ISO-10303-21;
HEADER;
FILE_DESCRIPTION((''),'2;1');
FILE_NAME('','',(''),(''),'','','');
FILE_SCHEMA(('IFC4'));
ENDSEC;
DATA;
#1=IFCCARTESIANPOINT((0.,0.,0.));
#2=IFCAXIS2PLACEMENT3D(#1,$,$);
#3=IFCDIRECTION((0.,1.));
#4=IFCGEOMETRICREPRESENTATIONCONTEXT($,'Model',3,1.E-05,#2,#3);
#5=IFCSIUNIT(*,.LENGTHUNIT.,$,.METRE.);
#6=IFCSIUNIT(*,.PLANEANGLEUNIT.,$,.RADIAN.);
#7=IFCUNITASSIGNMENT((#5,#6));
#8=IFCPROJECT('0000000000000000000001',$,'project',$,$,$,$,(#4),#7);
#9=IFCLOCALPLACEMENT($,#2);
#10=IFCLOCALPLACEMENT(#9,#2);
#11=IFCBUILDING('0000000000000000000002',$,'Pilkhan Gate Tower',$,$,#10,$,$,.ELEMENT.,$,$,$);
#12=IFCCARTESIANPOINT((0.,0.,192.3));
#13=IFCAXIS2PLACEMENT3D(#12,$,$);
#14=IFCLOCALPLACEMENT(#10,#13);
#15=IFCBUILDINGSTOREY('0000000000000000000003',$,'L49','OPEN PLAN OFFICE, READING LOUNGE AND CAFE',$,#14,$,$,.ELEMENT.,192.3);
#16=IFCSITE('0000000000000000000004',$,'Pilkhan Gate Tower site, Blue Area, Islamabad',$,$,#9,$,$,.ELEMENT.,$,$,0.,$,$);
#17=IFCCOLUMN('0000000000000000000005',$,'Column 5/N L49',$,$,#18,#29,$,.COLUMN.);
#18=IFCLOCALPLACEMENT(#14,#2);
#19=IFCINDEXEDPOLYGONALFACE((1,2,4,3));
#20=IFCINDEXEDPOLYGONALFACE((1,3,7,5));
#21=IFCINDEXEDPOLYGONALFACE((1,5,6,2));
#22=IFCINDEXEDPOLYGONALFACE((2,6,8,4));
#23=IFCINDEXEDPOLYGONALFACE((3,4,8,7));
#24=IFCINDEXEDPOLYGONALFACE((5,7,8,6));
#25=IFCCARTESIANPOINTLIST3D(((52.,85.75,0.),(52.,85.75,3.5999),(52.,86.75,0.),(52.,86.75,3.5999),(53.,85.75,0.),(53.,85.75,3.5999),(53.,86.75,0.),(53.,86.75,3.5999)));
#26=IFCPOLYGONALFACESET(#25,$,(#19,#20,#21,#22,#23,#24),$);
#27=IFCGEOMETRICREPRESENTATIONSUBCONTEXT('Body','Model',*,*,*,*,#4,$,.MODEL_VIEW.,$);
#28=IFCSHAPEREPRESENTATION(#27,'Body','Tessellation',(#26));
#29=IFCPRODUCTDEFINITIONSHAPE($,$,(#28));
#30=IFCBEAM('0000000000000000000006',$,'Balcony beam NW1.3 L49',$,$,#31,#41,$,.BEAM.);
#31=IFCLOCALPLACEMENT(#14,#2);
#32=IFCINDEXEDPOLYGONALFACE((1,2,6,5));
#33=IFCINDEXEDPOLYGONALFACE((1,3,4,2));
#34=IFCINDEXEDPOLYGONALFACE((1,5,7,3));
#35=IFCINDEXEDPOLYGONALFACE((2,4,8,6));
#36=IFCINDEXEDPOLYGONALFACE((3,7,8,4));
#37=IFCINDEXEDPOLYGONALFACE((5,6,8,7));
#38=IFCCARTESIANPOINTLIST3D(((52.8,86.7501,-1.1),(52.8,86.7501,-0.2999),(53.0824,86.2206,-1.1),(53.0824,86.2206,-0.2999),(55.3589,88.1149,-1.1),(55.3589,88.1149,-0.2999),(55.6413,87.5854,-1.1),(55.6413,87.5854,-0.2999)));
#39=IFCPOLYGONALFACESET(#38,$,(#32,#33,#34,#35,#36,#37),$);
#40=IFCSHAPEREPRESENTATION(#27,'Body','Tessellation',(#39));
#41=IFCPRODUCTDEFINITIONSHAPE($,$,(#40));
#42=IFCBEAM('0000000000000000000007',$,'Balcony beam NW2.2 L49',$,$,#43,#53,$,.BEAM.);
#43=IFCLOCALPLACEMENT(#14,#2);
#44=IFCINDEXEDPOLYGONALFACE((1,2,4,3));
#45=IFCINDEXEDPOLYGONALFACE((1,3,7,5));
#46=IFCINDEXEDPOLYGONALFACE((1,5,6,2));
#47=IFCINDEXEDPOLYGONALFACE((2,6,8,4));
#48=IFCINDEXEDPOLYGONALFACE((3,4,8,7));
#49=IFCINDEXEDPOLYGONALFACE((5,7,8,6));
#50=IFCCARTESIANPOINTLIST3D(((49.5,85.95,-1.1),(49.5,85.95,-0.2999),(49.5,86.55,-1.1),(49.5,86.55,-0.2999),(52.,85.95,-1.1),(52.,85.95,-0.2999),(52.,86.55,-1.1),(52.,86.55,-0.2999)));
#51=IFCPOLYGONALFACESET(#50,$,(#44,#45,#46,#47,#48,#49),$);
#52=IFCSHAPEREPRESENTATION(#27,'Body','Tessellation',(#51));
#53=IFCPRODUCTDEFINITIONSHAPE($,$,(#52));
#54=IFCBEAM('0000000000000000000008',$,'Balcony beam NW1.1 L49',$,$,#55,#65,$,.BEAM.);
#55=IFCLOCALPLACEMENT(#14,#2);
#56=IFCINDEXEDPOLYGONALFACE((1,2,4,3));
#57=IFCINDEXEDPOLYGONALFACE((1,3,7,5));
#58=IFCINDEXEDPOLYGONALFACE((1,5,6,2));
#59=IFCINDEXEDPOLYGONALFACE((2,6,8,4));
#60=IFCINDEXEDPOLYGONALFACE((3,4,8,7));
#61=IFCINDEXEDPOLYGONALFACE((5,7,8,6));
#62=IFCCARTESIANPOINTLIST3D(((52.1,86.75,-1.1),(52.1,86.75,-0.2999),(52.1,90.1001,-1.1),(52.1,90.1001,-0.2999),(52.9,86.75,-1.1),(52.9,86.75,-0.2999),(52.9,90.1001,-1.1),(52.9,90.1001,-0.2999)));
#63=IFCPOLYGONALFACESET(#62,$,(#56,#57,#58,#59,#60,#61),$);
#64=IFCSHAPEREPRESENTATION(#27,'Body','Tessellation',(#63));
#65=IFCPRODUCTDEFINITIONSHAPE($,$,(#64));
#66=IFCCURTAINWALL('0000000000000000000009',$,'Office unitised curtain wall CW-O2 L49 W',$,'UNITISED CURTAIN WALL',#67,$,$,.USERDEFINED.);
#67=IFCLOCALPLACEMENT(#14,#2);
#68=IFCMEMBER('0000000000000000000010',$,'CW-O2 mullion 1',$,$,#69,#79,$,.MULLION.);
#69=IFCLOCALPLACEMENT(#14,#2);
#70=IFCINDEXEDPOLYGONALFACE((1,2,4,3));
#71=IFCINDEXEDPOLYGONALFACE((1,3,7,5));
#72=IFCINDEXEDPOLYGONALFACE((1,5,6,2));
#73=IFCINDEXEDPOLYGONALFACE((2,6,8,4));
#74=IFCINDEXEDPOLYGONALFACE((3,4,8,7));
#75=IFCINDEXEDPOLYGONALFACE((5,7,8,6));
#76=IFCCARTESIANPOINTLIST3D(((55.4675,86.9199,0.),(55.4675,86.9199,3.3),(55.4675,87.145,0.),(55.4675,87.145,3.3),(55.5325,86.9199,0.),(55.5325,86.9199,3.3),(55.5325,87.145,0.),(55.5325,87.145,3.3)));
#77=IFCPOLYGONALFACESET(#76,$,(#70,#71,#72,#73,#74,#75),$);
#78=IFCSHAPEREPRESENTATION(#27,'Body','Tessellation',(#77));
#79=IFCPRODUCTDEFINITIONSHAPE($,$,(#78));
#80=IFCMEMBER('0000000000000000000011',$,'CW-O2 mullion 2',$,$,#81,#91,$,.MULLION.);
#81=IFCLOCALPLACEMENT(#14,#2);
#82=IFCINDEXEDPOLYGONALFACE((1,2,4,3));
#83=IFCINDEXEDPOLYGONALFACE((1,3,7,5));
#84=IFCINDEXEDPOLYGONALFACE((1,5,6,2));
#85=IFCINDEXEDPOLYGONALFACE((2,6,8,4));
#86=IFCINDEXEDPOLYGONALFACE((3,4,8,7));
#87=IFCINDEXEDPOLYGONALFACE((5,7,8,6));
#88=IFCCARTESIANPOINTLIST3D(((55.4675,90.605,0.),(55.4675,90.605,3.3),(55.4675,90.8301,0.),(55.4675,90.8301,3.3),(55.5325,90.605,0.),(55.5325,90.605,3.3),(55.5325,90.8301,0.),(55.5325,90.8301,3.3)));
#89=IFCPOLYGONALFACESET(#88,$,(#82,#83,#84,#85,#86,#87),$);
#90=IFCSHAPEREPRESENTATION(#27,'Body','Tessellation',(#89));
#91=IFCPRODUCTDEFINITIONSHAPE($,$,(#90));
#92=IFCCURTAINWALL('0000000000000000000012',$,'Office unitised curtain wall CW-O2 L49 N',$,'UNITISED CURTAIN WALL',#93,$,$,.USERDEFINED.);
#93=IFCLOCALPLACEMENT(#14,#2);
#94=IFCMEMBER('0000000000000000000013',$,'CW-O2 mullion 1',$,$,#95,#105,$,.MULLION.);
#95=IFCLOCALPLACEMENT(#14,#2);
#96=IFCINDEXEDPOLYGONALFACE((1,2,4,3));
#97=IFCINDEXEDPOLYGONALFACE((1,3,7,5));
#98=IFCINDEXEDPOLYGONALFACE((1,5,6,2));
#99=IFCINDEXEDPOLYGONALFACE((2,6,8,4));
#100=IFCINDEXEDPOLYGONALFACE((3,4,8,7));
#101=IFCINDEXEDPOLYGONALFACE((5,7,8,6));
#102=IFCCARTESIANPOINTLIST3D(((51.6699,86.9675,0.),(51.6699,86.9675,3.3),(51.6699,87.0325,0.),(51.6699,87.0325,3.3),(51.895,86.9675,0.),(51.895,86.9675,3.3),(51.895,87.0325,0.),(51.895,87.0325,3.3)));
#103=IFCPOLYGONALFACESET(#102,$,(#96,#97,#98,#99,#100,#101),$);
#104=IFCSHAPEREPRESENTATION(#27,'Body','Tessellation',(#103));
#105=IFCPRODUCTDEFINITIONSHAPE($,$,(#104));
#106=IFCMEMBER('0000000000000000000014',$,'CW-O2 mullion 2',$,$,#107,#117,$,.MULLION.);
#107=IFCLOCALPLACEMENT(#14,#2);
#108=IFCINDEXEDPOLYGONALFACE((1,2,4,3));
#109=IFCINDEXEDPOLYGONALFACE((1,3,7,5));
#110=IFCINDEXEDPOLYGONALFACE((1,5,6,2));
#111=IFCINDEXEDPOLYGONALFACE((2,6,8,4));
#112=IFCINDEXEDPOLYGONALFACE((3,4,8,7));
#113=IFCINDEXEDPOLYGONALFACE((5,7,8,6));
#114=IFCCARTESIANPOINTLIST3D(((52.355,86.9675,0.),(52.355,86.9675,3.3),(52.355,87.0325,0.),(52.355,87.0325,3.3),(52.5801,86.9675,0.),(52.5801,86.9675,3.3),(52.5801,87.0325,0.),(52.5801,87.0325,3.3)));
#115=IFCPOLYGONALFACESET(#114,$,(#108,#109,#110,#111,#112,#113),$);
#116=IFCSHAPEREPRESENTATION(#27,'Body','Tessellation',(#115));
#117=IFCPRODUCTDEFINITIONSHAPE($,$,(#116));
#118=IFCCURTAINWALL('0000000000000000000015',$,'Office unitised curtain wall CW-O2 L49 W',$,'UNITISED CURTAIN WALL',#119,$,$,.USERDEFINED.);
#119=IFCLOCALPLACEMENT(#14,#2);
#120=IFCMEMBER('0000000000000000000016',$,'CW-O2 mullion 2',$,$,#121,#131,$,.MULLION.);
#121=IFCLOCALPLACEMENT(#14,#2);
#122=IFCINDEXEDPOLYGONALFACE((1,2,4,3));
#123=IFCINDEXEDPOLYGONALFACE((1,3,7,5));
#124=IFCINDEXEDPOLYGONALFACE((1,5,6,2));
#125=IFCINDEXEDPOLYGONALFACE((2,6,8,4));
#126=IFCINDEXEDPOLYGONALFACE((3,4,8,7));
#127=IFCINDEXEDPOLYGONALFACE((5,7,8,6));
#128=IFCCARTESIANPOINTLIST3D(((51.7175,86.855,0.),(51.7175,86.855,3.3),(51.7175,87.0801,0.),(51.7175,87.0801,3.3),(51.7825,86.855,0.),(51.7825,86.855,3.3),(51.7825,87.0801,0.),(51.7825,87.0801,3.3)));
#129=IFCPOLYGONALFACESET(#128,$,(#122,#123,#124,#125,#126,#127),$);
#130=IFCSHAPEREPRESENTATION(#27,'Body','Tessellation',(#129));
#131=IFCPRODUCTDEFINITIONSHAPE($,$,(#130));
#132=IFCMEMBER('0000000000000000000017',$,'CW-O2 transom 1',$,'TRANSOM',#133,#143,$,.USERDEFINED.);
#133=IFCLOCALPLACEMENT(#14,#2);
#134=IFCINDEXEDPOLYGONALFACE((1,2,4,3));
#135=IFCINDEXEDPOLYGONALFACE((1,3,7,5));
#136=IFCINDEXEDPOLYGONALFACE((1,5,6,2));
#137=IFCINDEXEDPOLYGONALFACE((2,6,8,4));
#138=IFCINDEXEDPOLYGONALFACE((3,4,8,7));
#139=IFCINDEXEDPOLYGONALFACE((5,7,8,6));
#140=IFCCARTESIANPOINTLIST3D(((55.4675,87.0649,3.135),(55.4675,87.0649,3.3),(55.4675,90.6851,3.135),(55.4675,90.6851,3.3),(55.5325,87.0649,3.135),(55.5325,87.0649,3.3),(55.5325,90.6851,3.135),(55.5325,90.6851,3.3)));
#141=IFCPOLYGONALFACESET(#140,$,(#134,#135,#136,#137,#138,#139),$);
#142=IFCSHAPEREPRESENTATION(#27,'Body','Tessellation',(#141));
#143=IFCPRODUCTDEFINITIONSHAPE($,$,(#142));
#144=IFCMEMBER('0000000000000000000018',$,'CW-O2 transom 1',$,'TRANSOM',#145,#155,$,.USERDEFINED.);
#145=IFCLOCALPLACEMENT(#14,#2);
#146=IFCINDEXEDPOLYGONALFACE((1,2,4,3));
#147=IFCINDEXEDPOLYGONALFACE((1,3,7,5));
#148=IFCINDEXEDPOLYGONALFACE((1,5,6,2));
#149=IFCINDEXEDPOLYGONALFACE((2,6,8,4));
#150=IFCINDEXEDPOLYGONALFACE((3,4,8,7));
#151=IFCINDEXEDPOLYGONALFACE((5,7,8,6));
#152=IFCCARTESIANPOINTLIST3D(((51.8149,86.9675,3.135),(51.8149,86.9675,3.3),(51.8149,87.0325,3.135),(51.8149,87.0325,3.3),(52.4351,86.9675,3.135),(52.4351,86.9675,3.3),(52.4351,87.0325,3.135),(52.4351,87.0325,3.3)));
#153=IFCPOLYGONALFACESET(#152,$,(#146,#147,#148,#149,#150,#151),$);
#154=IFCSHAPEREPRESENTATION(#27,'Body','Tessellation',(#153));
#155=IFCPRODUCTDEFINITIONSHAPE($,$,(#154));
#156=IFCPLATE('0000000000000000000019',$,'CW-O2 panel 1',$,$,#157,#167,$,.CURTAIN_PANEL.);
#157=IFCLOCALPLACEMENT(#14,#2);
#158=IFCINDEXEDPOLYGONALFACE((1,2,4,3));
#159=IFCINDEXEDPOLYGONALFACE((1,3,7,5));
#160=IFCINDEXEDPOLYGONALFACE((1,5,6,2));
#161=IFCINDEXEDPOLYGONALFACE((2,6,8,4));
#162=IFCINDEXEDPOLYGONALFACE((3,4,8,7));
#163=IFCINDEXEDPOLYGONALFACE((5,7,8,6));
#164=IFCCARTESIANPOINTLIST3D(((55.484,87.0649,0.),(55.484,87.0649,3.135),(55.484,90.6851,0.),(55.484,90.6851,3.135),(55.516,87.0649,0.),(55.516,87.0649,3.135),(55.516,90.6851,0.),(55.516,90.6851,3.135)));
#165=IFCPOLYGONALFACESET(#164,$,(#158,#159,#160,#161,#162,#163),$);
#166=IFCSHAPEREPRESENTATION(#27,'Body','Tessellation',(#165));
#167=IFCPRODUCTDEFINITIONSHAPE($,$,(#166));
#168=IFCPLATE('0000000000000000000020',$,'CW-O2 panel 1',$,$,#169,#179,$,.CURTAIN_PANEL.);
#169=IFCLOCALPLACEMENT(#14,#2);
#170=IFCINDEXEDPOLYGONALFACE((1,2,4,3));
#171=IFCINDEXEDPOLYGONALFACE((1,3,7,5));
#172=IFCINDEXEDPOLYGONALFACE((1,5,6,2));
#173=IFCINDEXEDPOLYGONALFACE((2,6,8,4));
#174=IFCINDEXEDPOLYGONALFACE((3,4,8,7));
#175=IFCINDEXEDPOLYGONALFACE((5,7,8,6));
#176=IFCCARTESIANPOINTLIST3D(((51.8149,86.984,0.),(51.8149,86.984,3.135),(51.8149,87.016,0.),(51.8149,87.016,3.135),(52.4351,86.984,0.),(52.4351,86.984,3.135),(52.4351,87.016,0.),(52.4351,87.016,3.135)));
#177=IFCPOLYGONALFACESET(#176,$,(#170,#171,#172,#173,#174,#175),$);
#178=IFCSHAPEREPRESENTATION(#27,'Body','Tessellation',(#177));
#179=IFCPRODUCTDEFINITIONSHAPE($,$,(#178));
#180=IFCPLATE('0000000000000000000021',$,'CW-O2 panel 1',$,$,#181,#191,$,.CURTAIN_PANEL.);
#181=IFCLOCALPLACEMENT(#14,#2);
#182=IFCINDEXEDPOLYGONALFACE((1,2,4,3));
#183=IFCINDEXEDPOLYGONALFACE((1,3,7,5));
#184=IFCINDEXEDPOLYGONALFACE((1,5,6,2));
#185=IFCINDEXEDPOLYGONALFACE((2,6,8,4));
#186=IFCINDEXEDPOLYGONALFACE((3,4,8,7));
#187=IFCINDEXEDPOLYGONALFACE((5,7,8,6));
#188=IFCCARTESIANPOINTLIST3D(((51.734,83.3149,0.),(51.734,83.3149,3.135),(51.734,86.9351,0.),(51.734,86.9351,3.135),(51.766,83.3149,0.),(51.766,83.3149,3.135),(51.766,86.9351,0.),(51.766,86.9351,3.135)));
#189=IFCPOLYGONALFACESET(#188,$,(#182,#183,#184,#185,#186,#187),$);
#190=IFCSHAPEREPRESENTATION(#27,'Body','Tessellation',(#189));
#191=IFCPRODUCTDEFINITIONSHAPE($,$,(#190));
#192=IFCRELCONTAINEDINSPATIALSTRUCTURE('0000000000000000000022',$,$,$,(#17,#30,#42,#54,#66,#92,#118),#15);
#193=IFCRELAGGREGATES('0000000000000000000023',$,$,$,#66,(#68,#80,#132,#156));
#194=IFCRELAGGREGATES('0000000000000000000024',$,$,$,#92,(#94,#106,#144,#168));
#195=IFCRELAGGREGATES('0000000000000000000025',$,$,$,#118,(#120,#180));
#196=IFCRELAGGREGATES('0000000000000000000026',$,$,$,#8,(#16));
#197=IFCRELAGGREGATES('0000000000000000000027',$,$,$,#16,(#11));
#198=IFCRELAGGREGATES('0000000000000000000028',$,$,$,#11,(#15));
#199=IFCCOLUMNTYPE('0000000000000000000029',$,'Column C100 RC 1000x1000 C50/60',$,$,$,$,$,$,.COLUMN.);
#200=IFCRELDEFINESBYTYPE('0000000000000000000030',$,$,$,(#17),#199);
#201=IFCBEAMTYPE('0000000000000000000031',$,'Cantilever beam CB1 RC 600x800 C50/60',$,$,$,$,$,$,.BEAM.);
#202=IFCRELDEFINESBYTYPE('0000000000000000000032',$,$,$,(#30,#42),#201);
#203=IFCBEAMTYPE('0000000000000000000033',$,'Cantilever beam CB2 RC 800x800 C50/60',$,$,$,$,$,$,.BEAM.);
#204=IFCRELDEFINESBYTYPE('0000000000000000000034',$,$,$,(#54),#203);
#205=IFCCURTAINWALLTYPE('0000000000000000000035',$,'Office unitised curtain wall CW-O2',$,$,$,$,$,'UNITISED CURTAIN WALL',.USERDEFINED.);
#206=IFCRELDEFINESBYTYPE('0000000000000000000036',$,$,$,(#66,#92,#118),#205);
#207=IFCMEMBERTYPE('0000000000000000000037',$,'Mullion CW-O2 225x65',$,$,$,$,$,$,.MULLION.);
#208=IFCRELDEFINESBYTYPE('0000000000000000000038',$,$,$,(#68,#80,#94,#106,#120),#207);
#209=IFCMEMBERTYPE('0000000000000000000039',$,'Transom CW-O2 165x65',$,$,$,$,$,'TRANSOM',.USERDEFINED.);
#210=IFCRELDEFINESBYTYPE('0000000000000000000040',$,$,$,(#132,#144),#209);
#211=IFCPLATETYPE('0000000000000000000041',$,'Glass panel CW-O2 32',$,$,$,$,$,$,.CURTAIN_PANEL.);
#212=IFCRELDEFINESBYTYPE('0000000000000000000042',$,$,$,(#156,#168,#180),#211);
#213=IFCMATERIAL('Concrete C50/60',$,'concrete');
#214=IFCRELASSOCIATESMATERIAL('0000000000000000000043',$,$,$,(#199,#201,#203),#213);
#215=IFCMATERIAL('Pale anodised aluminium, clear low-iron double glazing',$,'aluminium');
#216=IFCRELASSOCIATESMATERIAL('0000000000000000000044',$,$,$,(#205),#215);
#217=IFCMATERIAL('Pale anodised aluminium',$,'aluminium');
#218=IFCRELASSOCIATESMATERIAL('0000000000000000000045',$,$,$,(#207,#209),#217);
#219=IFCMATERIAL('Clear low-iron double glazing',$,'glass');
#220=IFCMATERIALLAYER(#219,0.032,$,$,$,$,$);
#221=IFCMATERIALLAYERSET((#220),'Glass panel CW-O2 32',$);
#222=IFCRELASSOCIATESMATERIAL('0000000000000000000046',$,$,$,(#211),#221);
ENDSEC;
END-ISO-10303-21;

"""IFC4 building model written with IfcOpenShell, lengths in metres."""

from ifc_helpers import new_model, si_unit, direction, frame, origin, origin_2d, place, context, subcontext, project, spatial, rectangle, extrude, material, layer, layer_set, material_profile, profile_set, type_object, element, aggregate, save


model = new_model("IFC4")

# Units and contexts
model_context = context("Model", 3, precision=1e-05, world=origin(), true_north=direction((0.0, 1.0)))
body_context = subcontext(model_context, "Body", "Model", "MODEL_VIEW")
ifc_project = project(units=[si_unit("LENGTHUNIT", "METRE"), si_unit("PLANEANGLEUNIT", "RADIAN")], contexts=[model_context])

# Site, building, storey
site_placement = place(None, origin())
site = spatial("IfcSite", under=ifc_project, at=site_placement, Name="Pilkhan Gate Tower site, Blue Area, Islamabad", CompositionType="ELEMENT", RefElevation=0.0)
building_placement = place(site_placement, origin())
building = spatial("IfcBuilding", under=site, at=building_placement, Name="Pilkhan Gate Tower", CompositionType="ELEMENT")
storey_placement = place(building_placement, frame((0.0, 0.0, 192.3)))
storey = spatial("IfcBuildingStorey", under=building, at=storey_placement, Name="L49", Description="OPEN PLAN OFFICE, READING LOUNGE AND CAFE", CompositionType="ELEMENT", Elevation=192.3)

# Column
ifc_material_1 = material(Name="Concrete C50/60", Category="concrete")
ifc_material_profile_1 = material_profile(ifc_material_1, rectangle(XDim=1.0, YDim=1.0, at=origin_2d()), Name="RC 1000x1000")
ifc_profile_set_1 = profile_set([ifc_material_profile_1], Name="Concrete C50/60")
column_type = type_object("IfcColumnType", Name="Column C100 RC 1000x1000 C50/60", PredefinedType="COLUMN", material=ifc_profile_set_1)
column_placement = place(storey_placement, frame((52.5, 86.25, 0.0), z_axis=(0.0, 0.0, 1.0), x_axis=(1.0, 0.0, 0.0)))
element("IfcColumn", 1, at=column_placement, inside=storey, type_object=column_type, Name="Column 5/N L49", PredefinedType="COLUMN", context=body_context, shape_type="SweptSolid", body=[
    extrude(rectangle(XDim=1.0, YDim=1.0, at=origin_2d()), origin(), (0.0, 0.0, 1.0), 3.5999),
])

# Beams
ifc_material_profile_2 = material_profile(ifc_material_1, rectangle(XDim=0.6001, YDim=0.8, at=origin_2d()), Name="RC 600x800")
ifc_profile_set_2 = profile_set([ifc_material_profile_2], Name="Concrete C50/60")
beam_type_1 = type_object("IfcBeamType", Name="Cantilever beam CB1 RC 600x800 C50/60", PredefinedType="BEAM", material=ifc_profile_set_2)
beam_1_placement = place(storey_placement, frame((52.9412, 86.4854, -0.7), z_axis=(0.882348, 0.470597, 0.0), x_axis=(-0.470597, 0.882348, 0.0)))
element("IfcBeam", 2, at=beam_1_placement, inside=storey, type_object=beam_type_1, Name="Balcony beam NW1.3 L49", PredefinedType="BEAM", context=body_context, shape_type="SweptSolid", body=[
    extrude(rectangle(XDim=0.6001, YDim=0.8, at=origin_2d()), origin(), (0.0, 0.0, 1.0), 2.9001),
])
beam_2_placement = place(storey_placement, frame((52.0, 86.25, -0.7), z_axis=(-1.0, 0.0, 0.0), x_axis=(0.0, -1.0, 0.0)))
element("IfcBeam", 3, at=beam_2_placement, inside=storey, type_object=beam_type_1, Name="Balcony beam NW2.2 L49", PredefinedType="BEAM", context=body_context, shape_type="SweptSolid", body=[
    extrude(rectangle(XDim=0.6001, YDim=0.8, at=origin_2d()), origin(), (0.0, 0.0, 1.0), 2.5),
])
ifc_material_profile_3 = material_profile(ifc_material_1, rectangle(XDim=0.8, YDim=0.8, at=origin_2d()), Name="RC 800x800")
ifc_profile_set_3 = profile_set([ifc_material_profile_3], Name="Concrete C50/60")
beam_type_2 = type_object("IfcBeamType", Name="Cantilever beam CB2 RC 800x800 C50/60", PredefinedType="BEAM", material=ifc_profile_set_3)
beam_3_placement = place(storey_placement, frame((52.5, 86.75, -0.7), z_axis=(0.0, 1.0, 0.0), x_axis=(-1.0, 0.0, 0.0)))
element("IfcBeam", 4, at=beam_3_placement, inside=storey, type_object=beam_type_2, Name="Balcony beam NW1.1 L49", PredefinedType="BEAM", context=body_context, shape_type="SweptSolid", body=[
    extrude(rectangle(XDim=0.8, YDim=0.8, at=origin_2d()), origin(), (0.0, 0.0, 1.0), 3.3501),
])

# Curtain walls, members
ifc_material_2 = material(Name="Pale anodised aluminium, clear low-iron double glazing", Category="aluminium")
curtain_wall_type = type_object("IfcCurtainWallType", Name="Office unitised curtain wall CW-O2", ElementType="UNITISED CURTAIN WALL", PredefinedType="USERDEFINED", material=ifc_material_2)
curtain_wall_1_placement = place(storey_placement, origin())
curtain_wall_1 = element("IfcCurtainWall", 5, at=curtain_wall_1_placement, inside=storey, type_object=curtain_wall_type, Name="Office unitised curtain wall CW-O2 L49 W", ObjectType="UNITISED CURTAIN WALL", PredefinedType="USERDEFINED")
ifc_material_3 = material(Name="Pale anodised aluminium", Category="aluminium")
ifc_material_profile_4 = material_profile(ifc_material_3, rectangle(XDim=0.0649, YDim=0.2251, at=origin_2d()), Name="Mullion 225x65")
ifc_profile_set_4 = profile_set([ifc_material_profile_4], Name="Pale anodised aluminium")
member_type_1 = type_object("IfcMemberType", Name="Mullion CW-O2 225x65", PredefinedType="MULLION", material=ifc_profile_set_4)
member_1_placement = place(storey_placement, frame((55.5, 87.0325, 0.0), z_axis=(0.0, 0.0, 1.0), x_axis=(-1.0, 0.0, 0.0)))
member_1 = element("IfcMember", 6, at=member_1_placement, type_object=member_type_1, Name="CW-O2 mullion 1", PredefinedType="MULLION", context=body_context, shape_type="SweptSolid", body=[
    extrude(rectangle(XDim=0.0649, YDim=0.2251, at=origin_2d()), origin(), (0.0, 0.0, 1.0), 3.3),
])
member_2_placement = place(storey_placement, frame((55.5, 90.7175, 0.0), z_axis=(0.0, 0.0, 1.0), x_axis=(-1.0, 0.0, 0.0)))
member_2 = element("IfcMember", 7, at=member_2_placement, type_object=member_type_1, Name="CW-O2 mullion 2", PredefinedType="MULLION", context=body_context, shape_type="SweptSolid", body=[
    extrude(rectangle(XDim=0.0649, YDim=0.2251, at=origin_2d()), origin(), (0.0, 0.0, 1.0), 3.3),
])
curtain_wall_2_placement = place(storey_placement, origin())
curtain_wall_2 = element("IfcCurtainWall", 8, at=curtain_wall_2_placement, inside=storey, type_object=curtain_wall_type, Name="Office unitised curtain wall CW-O2 L49 N", ObjectType="UNITISED CURTAIN WALL", PredefinedType="USERDEFINED")
member_3_placement = place(storey_placement, frame((51.7825, 87.0, 0.0), z_axis=(0.0, 0.0, 1.0), x_axis=(0.0, 1.0, 0.0)))
member_3 = element("IfcMember", 9, at=member_3_placement, type_object=member_type_1, Name="CW-O2 mullion 1", PredefinedType="MULLION", context=body_context, shape_type="SweptSolid", body=[
    extrude(rectangle(XDim=0.0649, YDim=0.2251, at=origin_2d()), origin(), (0.0, 0.0, 1.0), 3.3),
])
member_4_placement = place(storey_placement, frame((52.4675, 87.0, 0.0), z_axis=(0.0, 0.0, 1.0), x_axis=(0.0, 1.0, 0.0)))
member_4 = element("IfcMember", 10, at=member_4_placement, type_object=member_type_1, Name="CW-O2 mullion 2", PredefinedType="MULLION", context=body_context, shape_type="SweptSolid", body=[
    extrude(rectangle(XDim=0.0649, YDim=0.2251, at=origin_2d()), origin(), (0.0, 0.0, 1.0), 3.3),
])

# Curtain wall, member
curtain_wall_3_placement = place(storey_placement, origin())
curtain_wall_3 = element("IfcCurtainWall", 11, at=curtain_wall_3_placement, inside=storey, type_object=curtain_wall_type, Name="Office unitised curtain wall CW-O2 L49 W", ObjectType="UNITISED CURTAIN WALL", PredefinedType="USERDEFINED")
member_5_placement = place(storey_placement, frame((51.75, 86.9675, 0.0), z_axis=(0.0, 0.0, 1.0), x_axis=(-1.0, 0.0, 0.0)))
member_5 = element("IfcMember", 12, at=member_5_placement, type_object=member_type_1, Name="CW-O2 mullion 2", PredefinedType="MULLION", context=body_context, shape_type="SweptSolid", body=[
    extrude(rectangle(XDim=0.0649, YDim=0.2251, at=origin_2d()), origin(), (0.0, 0.0, 1.0), 3.3),
])

# Members
ifc_material_profile_5 = material_profile(ifc_material_3, rectangle(XDim=0.0649, YDim=0.165, at=origin_2d()), Name="Transom 165x65")
ifc_profile_set_5 = profile_set([ifc_material_profile_5], Name="Pale anodised aluminium")
member_type_2 = type_object("IfcMemberType", Name="Transom CW-O2 165x65", ElementType="TRANSOM", PredefinedType="USERDEFINED", material=ifc_profile_set_5)
member_6_placement = place(storey_placement, frame((55.5, 87.0649, 3.2175), z_axis=(0.0, 1.0, 0.0), x_axis=(-1.0, 0.0, 0.0)))
member_6 = element("IfcMember", 13, at=member_6_placement, type_object=member_type_2, Name="CW-O2 transom 1", ObjectType="TRANSOM", PredefinedType="USERDEFINED", context=body_context, shape_type="SweptSolid", body=[
    extrude(rectangle(XDim=0.0649, YDim=0.165, at=origin_2d()), origin(), (0.0, 0.0, 1.0), 3.6201),
])
member_7_placement = place(storey_placement, frame((51.8149, 87.0, 3.2175), z_axis=(1.0, 0.0, 0.0), x_axis=(0.0, 1.0, 0.0)))
member_7 = element("IfcMember", 14, at=member_7_placement, type_object=member_type_2, Name="CW-O2 transom 1", ObjectType="TRANSOM", PredefinedType="USERDEFINED", context=body_context, shape_type="SweptSolid", body=[
    extrude(rectangle(XDim=0.0649, YDim=0.165, at=origin_2d()), origin(), (0.0, 0.0, 1.0), 0.6201),
])

# Plates
ifc_material_4 = material(Name="Clear low-iron double glazing", Category="glass")
ifc_layer_1 = layer(ifc_material_4, 0.032)
ifc_layer_set_1 = layer_set([ifc_layer_1], Name="Glass panel CW-O2 32")
plate_type = type_object("IfcPlateType", Name="Glass panel CW-O2 32", PredefinedType="CURTAIN_PANEL", material=ifc_layer_set_1)
plate_1_placement = place(storey_placement, frame((55.5, 88.875, 0.0), z_axis=(0.0, 0.0, 1.0), x_axis=(0.0, 1.0, 0.0)))
plate_1 = element("IfcPlate", 15, at=plate_1_placement, type_object=plate_type, Name="CW-O2 panel 1", PredefinedType="CURTAIN_PANEL", context=body_context, shape_type="SweptSolid", body=[
    extrude(rectangle(XDim=3.6201, YDim=0.032, at=origin_2d()), origin(), (0.0, 0.0, 1.0), 3.135),
])
aggregate(curtain_wall_1, [member_1, member_2, member_6, plate_1])
plate_2_placement = place(storey_placement, frame((52.125, 87.0, 0.0), z_axis=(0.0, 0.0, 1.0), x_axis=(1.0, 0.0, 0.0)))
plate_2 = element("IfcPlate", 16, at=plate_2_placement, type_object=plate_type, Name="CW-O2 panel 1", PredefinedType="CURTAIN_PANEL", context=body_context, shape_type="SweptSolid", body=[
    extrude(rectangle(XDim=0.6201, YDim=0.032, at=origin_2d()), origin(), (0.0, 0.0, 1.0), 3.135),
])
aggregate(curtain_wall_2, [member_3, member_4, member_7, plate_2])
plate_3_placement = place(storey_placement, frame((51.75, 85.125, 0.0), z_axis=(0.0, 0.0, 1.0), x_axis=(0.0, 1.0, 0.0)))
plate_3 = element("IfcPlate", 17, at=plate_3_placement, type_object=plate_type, Name="CW-O2 panel 1", PredefinedType="CURTAIN_PANEL", context=body_context, shape_type="SweptSolid", body=[
    extrude(rectangle(XDim=3.6201, YDim=0.032, at=origin_2d()), origin(), (0.0, 0.0, 1.0), 3.135),
])
aggregate(curtain_wall_3, [member_5, plate_3])

save(model, "model.ifc")
